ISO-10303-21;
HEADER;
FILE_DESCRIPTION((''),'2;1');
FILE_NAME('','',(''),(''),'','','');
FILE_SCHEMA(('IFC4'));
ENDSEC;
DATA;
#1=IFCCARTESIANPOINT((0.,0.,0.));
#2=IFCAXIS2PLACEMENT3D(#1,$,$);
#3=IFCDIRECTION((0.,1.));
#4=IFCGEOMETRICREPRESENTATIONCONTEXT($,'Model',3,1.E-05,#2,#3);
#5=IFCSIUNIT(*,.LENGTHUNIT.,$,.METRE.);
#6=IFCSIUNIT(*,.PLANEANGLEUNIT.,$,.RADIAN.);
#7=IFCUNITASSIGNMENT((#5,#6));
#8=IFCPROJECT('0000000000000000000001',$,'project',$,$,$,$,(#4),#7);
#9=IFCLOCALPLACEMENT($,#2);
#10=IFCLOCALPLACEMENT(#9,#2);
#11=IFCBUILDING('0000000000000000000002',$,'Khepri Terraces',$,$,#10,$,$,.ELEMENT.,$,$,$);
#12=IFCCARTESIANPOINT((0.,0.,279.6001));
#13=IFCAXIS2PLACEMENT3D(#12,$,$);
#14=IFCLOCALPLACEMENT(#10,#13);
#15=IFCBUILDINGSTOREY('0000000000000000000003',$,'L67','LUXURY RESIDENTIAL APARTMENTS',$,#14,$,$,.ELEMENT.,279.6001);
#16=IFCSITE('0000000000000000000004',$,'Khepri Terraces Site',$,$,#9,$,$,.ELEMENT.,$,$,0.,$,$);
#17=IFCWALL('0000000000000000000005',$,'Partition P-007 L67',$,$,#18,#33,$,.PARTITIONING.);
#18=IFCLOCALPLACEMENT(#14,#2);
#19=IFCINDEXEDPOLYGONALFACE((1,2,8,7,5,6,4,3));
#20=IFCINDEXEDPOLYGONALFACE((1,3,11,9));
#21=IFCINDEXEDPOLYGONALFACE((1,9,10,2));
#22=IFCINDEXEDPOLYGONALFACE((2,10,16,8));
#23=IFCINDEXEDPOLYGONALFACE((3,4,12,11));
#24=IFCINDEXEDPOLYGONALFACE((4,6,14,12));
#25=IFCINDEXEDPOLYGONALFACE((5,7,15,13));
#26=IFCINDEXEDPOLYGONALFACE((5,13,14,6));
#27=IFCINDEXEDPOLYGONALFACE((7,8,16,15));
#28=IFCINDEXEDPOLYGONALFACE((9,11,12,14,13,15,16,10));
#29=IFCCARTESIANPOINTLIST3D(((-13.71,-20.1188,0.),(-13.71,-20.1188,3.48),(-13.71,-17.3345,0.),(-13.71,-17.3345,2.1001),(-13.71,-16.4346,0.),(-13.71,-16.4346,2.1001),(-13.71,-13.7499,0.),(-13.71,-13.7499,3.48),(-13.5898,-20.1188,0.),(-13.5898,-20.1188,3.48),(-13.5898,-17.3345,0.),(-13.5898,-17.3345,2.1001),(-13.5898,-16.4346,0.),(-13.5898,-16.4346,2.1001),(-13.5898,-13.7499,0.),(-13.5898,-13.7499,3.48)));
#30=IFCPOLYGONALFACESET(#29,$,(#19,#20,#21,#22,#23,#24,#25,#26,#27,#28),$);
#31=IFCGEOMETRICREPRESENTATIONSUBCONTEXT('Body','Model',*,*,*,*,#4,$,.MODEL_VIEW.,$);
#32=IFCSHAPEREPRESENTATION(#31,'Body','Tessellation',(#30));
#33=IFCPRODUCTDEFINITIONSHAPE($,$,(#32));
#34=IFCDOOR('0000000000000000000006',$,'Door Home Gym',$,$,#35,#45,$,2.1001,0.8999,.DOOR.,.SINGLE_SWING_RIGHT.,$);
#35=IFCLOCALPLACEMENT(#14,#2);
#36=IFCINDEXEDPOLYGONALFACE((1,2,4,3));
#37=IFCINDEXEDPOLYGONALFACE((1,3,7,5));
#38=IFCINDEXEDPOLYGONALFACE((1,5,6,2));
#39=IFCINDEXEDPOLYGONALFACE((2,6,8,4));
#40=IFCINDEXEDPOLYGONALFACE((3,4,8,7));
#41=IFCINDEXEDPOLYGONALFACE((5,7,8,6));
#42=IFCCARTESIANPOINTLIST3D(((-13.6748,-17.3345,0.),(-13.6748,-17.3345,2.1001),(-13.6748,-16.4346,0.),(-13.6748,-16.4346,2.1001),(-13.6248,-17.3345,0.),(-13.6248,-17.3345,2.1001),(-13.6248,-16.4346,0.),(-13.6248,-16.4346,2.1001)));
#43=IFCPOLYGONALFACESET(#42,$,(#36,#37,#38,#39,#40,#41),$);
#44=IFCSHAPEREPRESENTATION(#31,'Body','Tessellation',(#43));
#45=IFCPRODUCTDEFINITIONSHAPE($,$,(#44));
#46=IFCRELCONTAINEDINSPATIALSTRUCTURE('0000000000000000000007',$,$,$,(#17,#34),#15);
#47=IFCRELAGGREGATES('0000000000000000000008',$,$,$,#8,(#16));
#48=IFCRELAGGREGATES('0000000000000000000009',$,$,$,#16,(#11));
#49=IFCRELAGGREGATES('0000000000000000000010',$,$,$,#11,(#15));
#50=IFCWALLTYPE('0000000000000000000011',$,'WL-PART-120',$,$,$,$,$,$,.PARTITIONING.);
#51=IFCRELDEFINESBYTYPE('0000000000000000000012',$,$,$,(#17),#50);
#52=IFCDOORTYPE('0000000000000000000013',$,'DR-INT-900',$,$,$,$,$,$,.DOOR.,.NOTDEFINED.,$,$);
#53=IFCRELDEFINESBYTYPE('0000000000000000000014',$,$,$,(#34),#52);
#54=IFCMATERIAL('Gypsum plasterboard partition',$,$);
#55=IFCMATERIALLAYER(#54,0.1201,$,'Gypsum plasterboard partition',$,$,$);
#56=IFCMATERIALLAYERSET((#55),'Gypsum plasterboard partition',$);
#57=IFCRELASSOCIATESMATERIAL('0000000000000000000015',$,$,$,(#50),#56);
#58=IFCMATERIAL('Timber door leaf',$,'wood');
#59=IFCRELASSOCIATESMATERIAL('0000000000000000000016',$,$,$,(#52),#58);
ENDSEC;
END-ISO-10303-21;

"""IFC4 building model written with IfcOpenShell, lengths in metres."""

from ifc_helpers import new_model, si_unit, direction, frame, frame_2d, origin, place, context, subcontext, project, spatial, rectangle, extrude, material, layer, layer_set, type_object, element, fill, save


model = new_model("IFC4")

# Units and contexts
model_context = context("Model", 3, precision=1e-05, world=origin(), true_north=direction((0.0, 1.0)))
body_context = subcontext(model_context, "Body", "Model", "MODEL_VIEW")
ifc_project = project(units=[si_unit("LENGTHUNIT", "METRE"), si_unit("PLANEANGLEUNIT", "RADIAN")], contexts=[model_context])

# Site, building, storey
site_placement = place(None, origin())
site = spatial("IfcSite", under=ifc_project, at=site_placement, Name="Khepri Terraces Site", CompositionType="ELEMENT", RefElevation=0.0)
building_placement = place(site_placement, origin())
building = spatial("IfcBuilding", under=site, at=building_placement, Name="Khepri Terraces", CompositionType="ELEMENT")
storey_placement = place(building_placement, frame((0.0, 0.0, 279.6001)))
storey = spatial("IfcBuildingStorey", under=building, at=storey_placement, Name="L67", Description="LUXURY RESIDENTIAL APARTMENTS", CompositionType="ELEMENT", Elevation=279.6001)

# Shared definitions
ifc_material_1 = material(Name="Gypsum plasterboard partition")
ifc_layer_1 = layer(ifc_material_1, 0.1201, Name="Gypsum plasterboard partition")
ifc_layer_set_1 = layer_set([ifc_layer_1], Name="Gypsum plasterboard partition")
wall_type_1 = type_object("IfcWallType", Name="WL-PART-120", PredefinedType="PARTITIONING", material=ifc_layer_set_1)

# Wall, opening, door
wall_1_placement = place(storey_placement, frame((-13.6499, -20.1189, 0.0), z_axis=(0.0, 0.0, 1.0), x_axis=(0.0, 1.0, 0.0)))
wall_1 = element("IfcWall", 1, at=wall_1_placement, inside=storey, type_object=wall_type_1, Name="Partition P-007 L67", PredefinedType="PARTITIONING", context=body_context, shape_type="SweptSolid", body=[
    extrude(rectangle(XDim=6.3689, YDim=0.1201, at=frame_2d((3.1846, 0.0))), origin(), (0.0, 0.0, 1.0), 3.48),
])
opening_1_placement = place(wall_1_placement, frame((2.7844, 0.0, 0.0)))
opening_1 = element("IfcOpeningElement", 2, at=opening_1_placement, cuts=wall_1, PredefinedType="OPENING", context=body_context, shape_type="SweptSolid", body=[
    extrude(rectangle(XDim=0.8999, YDim=2.1001, at=frame_2d((0.45, 1.05))), frame((0.0, 0.0701, 0.0), z_axis=(0.0, -1.0, 0.0), x_axis=(1.0, 0.0, 0.0)), (0.0, 0.0, 1.0), 0.1401),
])
ifc_material_2 = material(Name="Timber door leaf", Category="wood")
door_type_1 = type_object("IfcDoorType", Name="DR-INT-900", OperationType="NOTDEFINED", PredefinedType="DOOR", material=ifc_material_2)
door_1_placement = place(opening_1_placement, origin())
door_1 = element("IfcDoor", 3, at=door_1_placement, inside=storey, type_object=door_type_1, Name="Door Home Gym", OperationType="SINGLE_SWING_RIGHT", OverallHeight=2.1001, OverallWidth=0.8999, PredefinedType="DOOR", context=body_context, shape_type="SweptSolid", body=[
    extrude(rectangle(XDim=0.8999, YDim=2.1001, at=frame_2d((0.45, 1.05))), frame((0.0, 0.0249, 0.0), z_axis=(0.0, -1.0, 0.0), x_axis=(1.0, 0.0, 0.0)), (0.0, 0.0, 1.0), 0.05),
])
fill(opening_1, door_1)

save(model, "model.ifc")
